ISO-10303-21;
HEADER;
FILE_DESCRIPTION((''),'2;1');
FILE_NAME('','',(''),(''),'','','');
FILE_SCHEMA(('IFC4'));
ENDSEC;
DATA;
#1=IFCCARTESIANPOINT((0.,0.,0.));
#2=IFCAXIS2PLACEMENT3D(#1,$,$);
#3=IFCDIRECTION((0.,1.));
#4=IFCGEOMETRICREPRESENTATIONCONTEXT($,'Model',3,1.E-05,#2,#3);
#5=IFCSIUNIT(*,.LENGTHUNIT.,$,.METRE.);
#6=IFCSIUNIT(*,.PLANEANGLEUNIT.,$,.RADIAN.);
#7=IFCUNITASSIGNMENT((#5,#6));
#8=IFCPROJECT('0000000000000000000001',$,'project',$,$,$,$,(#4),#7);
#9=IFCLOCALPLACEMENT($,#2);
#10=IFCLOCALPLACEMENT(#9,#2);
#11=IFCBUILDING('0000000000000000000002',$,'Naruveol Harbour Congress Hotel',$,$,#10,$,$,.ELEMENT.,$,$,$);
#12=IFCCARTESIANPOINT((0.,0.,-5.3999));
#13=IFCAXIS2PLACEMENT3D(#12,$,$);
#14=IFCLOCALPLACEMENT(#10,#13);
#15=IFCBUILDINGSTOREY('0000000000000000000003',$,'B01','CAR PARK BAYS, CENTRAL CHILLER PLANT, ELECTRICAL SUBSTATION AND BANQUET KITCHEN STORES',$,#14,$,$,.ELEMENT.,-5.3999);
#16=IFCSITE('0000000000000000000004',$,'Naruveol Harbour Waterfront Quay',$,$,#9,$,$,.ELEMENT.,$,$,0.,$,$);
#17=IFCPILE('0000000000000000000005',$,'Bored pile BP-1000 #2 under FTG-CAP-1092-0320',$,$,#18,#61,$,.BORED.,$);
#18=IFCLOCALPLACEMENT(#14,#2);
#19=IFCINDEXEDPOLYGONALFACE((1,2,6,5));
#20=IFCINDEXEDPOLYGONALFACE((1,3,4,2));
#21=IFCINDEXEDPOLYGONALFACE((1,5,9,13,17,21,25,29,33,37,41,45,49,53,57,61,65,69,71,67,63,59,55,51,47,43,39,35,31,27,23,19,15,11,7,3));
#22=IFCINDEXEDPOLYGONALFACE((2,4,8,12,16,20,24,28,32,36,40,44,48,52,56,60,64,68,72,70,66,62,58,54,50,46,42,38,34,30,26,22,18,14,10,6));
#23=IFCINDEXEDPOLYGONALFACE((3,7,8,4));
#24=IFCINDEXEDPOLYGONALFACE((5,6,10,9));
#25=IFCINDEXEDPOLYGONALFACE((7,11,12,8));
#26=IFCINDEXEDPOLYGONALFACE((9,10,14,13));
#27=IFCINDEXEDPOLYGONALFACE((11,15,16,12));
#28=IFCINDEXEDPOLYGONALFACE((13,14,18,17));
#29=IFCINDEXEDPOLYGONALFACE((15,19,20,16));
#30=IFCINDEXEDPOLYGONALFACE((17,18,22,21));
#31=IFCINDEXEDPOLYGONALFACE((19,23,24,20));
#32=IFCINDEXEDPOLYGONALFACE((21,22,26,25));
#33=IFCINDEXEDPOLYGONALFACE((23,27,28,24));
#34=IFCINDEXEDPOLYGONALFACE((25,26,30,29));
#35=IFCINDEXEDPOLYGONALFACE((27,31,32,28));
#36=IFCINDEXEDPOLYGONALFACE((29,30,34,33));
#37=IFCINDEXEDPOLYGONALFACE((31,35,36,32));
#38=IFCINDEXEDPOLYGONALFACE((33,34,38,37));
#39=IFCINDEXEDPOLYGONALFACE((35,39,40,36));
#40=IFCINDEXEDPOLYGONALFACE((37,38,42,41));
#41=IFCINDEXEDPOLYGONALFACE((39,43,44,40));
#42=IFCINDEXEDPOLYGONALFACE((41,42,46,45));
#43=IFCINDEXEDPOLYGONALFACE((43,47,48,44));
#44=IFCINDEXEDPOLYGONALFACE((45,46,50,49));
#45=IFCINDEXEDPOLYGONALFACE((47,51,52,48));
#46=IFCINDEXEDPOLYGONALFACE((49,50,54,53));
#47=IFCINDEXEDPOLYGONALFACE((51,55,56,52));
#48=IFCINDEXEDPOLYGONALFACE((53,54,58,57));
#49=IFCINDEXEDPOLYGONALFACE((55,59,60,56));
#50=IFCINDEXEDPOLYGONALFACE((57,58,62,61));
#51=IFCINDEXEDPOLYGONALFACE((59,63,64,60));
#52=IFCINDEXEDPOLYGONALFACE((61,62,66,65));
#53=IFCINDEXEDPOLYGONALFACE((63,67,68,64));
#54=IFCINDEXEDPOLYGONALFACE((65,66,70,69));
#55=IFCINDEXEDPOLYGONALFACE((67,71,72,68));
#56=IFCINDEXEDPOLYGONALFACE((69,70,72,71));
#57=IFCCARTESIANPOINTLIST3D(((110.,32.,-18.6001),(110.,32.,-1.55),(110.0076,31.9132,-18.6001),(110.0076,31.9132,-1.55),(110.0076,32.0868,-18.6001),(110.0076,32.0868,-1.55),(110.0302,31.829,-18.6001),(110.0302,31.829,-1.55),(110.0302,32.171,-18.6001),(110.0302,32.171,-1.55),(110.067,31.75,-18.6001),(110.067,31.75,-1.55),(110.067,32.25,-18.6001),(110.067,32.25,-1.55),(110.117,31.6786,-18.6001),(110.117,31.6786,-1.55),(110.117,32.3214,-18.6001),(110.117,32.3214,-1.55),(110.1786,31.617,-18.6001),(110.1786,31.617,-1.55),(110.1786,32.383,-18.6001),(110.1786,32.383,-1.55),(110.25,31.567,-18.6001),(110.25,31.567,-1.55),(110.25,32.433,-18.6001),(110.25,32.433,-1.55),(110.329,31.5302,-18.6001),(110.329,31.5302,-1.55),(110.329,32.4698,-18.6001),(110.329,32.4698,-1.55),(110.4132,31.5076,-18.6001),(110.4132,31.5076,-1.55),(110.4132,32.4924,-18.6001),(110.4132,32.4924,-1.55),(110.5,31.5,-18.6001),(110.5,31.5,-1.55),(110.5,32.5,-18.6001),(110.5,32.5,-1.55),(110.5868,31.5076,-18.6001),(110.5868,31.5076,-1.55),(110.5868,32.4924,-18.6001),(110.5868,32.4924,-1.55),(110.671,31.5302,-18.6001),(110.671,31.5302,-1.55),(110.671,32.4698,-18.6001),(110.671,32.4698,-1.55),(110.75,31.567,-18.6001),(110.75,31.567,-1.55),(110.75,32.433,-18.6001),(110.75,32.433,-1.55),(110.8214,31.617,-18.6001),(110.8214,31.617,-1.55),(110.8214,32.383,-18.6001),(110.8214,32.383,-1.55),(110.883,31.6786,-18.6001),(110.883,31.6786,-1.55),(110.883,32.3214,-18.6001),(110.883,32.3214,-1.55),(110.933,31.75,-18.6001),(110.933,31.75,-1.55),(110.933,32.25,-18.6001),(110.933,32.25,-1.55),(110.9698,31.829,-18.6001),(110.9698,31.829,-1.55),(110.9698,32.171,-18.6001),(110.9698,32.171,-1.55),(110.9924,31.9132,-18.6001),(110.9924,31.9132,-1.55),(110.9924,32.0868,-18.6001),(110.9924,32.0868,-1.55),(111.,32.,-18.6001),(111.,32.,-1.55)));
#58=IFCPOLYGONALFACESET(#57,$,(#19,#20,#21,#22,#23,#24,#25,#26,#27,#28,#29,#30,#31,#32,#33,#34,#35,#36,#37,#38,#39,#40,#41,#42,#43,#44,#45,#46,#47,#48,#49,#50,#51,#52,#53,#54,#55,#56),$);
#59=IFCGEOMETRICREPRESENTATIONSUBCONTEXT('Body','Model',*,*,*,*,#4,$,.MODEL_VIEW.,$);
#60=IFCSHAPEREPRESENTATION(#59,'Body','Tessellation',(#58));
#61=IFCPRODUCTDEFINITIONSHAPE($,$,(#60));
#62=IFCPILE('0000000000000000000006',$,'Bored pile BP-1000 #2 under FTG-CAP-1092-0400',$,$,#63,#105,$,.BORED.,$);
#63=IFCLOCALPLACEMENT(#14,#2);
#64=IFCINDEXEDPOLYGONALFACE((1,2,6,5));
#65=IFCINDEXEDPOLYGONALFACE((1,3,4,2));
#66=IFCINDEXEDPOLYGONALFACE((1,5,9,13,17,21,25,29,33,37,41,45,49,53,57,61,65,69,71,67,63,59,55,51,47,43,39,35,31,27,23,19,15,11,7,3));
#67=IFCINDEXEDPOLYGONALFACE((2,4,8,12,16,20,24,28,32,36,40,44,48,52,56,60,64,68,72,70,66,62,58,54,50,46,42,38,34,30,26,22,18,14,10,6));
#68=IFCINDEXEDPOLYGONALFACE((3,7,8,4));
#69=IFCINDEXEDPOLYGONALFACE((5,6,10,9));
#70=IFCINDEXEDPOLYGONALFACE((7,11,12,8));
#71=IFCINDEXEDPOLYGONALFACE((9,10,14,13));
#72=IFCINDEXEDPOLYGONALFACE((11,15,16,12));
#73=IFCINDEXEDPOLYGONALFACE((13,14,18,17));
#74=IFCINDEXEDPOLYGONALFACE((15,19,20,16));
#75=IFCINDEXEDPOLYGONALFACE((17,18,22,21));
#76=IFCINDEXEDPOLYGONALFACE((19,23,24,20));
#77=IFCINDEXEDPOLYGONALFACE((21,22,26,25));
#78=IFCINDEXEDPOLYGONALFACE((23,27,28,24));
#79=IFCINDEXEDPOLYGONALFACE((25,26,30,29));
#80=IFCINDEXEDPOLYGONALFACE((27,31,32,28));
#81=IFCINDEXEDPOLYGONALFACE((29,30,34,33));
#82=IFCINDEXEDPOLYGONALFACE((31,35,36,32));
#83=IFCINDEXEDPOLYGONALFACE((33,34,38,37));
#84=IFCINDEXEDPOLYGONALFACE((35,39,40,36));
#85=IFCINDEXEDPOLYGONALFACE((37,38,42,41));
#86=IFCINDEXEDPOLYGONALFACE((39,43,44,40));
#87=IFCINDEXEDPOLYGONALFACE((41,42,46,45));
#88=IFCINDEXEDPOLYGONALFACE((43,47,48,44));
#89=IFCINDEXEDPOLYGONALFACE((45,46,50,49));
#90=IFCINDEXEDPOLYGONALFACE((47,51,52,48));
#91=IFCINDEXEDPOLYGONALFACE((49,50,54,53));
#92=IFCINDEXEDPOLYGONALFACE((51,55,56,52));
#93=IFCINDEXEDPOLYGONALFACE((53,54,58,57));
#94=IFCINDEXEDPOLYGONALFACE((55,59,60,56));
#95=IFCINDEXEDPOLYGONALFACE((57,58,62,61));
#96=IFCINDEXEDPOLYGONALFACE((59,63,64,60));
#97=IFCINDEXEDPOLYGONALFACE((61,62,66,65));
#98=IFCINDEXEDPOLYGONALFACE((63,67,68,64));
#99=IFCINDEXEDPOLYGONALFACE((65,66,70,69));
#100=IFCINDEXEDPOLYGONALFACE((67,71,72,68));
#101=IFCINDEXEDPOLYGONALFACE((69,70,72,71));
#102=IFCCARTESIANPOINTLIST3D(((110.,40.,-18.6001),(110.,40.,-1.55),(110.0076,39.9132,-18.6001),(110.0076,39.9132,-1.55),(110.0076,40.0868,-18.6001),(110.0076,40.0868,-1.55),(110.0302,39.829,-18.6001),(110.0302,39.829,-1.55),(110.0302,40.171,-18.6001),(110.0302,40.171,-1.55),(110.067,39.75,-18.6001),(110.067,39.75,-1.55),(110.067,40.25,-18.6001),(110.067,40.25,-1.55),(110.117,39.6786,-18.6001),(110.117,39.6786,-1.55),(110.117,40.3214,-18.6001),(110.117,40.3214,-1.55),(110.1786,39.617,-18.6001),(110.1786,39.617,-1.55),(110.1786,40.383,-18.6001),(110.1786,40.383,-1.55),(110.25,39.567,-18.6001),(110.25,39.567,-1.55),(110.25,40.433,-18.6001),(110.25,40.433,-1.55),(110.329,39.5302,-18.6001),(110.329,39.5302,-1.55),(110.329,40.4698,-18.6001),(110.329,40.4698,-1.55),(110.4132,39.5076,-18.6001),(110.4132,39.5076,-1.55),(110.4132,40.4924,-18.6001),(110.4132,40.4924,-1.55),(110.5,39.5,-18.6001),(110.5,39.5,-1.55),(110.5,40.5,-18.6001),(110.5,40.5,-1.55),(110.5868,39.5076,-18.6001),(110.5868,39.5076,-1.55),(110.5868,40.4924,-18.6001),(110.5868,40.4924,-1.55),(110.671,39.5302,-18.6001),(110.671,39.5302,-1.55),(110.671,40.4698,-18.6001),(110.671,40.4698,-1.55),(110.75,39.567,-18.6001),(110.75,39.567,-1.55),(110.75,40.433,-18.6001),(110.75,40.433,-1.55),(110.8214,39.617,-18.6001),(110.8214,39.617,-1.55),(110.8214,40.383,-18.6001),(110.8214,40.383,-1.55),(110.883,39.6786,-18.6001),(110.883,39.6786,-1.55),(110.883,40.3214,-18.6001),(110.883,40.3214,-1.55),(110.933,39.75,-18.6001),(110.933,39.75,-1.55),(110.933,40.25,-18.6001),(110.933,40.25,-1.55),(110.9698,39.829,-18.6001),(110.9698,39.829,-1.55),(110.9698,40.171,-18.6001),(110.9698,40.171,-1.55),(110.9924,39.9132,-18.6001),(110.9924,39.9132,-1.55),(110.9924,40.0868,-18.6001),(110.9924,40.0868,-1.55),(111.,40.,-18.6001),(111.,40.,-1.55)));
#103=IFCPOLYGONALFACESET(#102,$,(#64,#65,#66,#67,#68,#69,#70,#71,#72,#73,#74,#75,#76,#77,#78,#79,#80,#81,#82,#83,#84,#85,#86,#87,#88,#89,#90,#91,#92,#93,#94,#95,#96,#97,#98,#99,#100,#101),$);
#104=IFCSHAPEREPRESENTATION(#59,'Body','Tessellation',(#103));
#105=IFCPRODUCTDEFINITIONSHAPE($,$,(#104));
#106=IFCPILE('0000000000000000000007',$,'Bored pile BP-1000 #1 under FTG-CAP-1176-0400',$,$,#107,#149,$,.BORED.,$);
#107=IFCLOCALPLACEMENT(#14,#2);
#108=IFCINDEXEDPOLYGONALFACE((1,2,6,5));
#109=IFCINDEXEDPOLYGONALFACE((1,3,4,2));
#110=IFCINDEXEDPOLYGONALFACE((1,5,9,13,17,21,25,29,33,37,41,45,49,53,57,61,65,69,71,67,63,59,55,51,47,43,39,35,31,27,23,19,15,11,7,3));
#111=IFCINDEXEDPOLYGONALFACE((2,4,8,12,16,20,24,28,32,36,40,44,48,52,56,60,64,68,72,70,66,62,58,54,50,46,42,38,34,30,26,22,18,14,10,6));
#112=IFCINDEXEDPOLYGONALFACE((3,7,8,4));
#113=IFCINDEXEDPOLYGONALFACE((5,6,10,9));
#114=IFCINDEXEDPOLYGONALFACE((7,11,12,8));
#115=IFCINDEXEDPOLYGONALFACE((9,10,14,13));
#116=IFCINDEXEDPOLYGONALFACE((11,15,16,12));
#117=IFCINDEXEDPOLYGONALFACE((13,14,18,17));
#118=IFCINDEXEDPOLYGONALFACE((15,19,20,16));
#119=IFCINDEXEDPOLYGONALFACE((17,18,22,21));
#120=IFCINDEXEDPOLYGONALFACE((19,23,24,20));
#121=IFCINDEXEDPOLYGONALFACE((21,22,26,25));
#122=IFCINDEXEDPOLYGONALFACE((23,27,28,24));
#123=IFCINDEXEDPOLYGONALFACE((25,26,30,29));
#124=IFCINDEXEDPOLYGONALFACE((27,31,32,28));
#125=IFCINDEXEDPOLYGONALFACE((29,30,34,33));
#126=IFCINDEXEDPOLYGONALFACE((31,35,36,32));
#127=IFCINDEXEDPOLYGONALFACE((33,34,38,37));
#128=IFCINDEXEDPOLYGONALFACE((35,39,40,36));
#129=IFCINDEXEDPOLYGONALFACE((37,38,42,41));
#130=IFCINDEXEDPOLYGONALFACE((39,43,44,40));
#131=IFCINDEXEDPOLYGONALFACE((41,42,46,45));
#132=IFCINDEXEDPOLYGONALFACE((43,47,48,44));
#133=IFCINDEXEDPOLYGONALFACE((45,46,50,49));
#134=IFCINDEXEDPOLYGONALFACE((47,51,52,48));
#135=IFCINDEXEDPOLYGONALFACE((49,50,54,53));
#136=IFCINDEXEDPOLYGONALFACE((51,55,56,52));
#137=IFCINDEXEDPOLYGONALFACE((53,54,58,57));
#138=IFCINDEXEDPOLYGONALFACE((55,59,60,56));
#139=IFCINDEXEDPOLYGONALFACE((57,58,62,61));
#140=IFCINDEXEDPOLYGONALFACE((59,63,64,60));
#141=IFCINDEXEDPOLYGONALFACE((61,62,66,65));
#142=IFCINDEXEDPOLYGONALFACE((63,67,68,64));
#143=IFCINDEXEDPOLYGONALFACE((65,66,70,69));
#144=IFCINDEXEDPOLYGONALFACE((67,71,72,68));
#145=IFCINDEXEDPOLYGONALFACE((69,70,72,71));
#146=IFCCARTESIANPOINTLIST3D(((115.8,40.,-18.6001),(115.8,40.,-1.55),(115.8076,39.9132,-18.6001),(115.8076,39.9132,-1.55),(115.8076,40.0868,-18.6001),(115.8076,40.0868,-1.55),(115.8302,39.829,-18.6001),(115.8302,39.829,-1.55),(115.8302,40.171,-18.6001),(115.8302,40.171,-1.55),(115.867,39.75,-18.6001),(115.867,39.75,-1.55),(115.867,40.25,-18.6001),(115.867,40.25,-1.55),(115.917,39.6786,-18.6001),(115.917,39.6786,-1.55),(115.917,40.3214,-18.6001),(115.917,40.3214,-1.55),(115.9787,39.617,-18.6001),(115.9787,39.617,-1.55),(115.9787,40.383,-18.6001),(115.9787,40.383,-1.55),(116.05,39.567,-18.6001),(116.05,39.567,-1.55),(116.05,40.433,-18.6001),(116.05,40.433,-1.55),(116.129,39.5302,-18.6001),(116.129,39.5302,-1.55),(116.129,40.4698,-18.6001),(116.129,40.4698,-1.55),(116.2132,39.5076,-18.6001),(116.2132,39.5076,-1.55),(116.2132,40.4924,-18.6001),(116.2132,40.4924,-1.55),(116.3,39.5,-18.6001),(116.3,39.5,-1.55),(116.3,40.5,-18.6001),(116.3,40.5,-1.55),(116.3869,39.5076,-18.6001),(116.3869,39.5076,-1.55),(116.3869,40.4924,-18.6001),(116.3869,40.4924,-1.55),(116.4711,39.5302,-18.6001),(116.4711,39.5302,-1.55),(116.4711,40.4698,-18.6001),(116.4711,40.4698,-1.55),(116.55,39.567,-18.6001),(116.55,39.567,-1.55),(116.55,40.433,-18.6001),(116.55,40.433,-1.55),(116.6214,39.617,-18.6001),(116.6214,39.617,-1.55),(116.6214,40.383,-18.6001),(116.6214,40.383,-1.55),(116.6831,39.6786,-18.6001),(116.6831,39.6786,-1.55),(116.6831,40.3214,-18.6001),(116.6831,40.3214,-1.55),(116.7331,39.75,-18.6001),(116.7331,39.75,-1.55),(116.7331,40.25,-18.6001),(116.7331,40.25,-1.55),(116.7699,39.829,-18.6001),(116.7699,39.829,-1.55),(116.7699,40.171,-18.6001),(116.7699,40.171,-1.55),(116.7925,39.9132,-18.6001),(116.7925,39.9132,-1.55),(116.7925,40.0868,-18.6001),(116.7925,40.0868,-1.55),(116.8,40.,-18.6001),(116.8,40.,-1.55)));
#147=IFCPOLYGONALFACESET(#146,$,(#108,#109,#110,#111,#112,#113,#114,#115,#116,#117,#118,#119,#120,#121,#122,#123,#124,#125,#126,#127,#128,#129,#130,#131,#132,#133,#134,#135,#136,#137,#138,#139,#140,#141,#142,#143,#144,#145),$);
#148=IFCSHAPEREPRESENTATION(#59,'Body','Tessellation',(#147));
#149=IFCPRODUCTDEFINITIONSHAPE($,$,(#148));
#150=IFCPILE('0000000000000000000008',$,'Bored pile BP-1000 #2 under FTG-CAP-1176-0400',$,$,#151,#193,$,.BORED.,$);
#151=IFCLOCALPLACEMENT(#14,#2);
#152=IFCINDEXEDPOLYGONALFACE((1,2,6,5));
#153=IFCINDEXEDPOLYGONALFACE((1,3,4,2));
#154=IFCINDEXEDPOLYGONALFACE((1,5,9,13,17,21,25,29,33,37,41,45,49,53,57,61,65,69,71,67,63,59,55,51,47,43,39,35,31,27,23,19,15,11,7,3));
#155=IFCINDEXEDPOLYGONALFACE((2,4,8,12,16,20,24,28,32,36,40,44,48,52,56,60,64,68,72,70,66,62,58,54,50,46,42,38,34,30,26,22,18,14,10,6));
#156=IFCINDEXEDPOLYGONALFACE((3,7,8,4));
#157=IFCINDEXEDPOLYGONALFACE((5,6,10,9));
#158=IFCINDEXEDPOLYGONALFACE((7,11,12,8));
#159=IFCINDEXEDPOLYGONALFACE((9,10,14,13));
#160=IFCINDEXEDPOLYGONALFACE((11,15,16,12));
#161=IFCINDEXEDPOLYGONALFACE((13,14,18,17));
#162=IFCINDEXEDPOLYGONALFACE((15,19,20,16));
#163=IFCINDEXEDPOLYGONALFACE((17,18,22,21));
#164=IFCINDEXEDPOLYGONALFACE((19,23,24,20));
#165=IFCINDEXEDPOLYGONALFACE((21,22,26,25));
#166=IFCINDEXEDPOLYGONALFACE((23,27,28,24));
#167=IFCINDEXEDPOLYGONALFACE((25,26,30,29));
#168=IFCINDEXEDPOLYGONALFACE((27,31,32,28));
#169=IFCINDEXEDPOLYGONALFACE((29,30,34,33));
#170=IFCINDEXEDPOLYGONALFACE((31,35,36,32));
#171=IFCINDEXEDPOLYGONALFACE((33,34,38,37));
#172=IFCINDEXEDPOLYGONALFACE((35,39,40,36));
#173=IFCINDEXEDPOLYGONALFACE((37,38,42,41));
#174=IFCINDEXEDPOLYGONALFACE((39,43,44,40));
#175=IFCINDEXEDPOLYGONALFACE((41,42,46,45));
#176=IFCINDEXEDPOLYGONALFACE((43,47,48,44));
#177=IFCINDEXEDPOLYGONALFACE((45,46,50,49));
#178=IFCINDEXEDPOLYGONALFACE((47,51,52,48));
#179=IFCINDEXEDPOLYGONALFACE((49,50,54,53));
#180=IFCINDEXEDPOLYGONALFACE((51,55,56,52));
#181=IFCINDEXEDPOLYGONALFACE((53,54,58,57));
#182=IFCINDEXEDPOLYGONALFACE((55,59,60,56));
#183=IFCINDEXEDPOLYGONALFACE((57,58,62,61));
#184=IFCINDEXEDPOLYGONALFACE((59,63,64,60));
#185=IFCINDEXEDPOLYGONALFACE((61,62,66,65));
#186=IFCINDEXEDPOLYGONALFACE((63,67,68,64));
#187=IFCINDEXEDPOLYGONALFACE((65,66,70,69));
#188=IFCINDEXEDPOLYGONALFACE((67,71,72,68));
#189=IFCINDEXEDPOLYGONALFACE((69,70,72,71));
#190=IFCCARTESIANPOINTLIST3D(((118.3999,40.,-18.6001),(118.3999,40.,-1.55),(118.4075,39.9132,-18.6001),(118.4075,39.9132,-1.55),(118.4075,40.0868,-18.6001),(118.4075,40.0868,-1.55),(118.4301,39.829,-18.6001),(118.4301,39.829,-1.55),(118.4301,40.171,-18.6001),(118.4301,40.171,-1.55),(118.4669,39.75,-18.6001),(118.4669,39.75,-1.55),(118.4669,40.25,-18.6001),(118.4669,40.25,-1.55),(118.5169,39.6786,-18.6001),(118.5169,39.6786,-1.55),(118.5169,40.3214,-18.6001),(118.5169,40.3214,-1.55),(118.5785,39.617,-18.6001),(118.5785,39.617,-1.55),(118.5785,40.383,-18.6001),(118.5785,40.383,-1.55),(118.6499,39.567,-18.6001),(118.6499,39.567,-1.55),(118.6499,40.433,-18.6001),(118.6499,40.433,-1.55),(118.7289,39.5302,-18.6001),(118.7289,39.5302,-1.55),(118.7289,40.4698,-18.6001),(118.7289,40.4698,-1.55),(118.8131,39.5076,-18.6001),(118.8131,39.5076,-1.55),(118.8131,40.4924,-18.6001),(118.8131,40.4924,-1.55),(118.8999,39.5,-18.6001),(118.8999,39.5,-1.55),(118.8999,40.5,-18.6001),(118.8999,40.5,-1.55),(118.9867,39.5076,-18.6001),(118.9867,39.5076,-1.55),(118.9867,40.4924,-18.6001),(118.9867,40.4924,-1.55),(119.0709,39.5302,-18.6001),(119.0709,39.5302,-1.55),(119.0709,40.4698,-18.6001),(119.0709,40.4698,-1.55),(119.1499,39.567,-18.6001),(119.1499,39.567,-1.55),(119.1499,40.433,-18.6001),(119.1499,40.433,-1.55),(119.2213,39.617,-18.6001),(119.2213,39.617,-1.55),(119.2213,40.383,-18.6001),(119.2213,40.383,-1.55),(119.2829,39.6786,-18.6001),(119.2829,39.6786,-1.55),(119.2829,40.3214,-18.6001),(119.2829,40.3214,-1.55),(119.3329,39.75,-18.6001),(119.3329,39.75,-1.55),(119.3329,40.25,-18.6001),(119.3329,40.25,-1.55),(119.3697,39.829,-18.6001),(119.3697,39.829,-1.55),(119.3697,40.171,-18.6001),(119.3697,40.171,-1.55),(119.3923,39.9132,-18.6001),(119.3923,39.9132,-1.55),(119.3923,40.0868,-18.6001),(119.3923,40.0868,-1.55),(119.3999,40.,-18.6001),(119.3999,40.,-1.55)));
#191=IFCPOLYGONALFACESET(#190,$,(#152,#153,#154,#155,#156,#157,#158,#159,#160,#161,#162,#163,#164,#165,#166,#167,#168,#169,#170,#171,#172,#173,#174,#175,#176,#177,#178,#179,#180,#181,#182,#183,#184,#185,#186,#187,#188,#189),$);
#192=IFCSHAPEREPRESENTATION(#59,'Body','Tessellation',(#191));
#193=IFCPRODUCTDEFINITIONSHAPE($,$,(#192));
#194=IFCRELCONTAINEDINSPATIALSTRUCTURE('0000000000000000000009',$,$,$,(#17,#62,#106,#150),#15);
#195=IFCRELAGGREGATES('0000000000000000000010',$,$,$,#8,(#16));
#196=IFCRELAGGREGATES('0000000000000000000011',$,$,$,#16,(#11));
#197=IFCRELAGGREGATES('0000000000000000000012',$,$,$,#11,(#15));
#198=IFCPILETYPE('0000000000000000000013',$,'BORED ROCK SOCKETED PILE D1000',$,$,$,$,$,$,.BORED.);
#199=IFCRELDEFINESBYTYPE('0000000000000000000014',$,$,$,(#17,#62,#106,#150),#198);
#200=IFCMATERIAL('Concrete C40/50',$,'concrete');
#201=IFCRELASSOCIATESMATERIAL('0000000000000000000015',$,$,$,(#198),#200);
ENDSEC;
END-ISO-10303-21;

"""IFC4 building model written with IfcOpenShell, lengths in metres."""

from ifc_helpers import new_model, si_unit, direction, frame, origin, origin_2d, place, context, subcontext, project, spatial, circle, extrude, material, material_profile, profile_set, type_object, element, save


model = new_model("IFC4")

# Units and contexts
model_context = context("Model", 3, precision=1e-05, world=origin(), true_north=direction((0.0, 1.0)))
body_context = subcontext(model_context, "Body", "Model", "MODEL_VIEW")
ifc_project = project(units=[si_unit("LENGTHUNIT", "METRE"), si_unit("PLANEANGLEUNIT", "RADIAN")], contexts=[model_context])

# Site, building, storey
site_placement = place(None, origin())
site = spatial("IfcSite", under=ifc_project, at=site_placement, Name="Naruveol Harbour Waterfront Quay", CompositionType="ELEMENT", RefElevation=0.0)
building_placement = place(site_placement, origin())
building = spatial("IfcBuilding", under=site, at=building_placement, Name="Naruveol Harbour Congress Hotel", CompositionType="ELEMENT")
storey_placement = place(building_placement, frame((0.0, 0.0, -5.3999)))
storey = spatial("IfcBuildingStorey", under=building, at=storey_placement, Name="B01", Description="CAR PARK BAYS, CENTRAL CHILLER PLANT, ELECTRICAL SUBSTATION AND BANQUET KITCHEN STORES", CompositionType="ELEMENT", Elevation=-5.3999)

# Piles
ifc_material_1 = material(Name="Concrete C40/50", Category="concrete")
ifc_material_profile_1 = material_profile(ifc_material_1, circle(Radius=0.5, at=origin_2d()), Name="BP-1000")
ifc_profile_set_1 = profile_set([ifc_material_profile_1], Name="Concrete C40/50")
pile_type_1 = type_object("IfcPileType", Name="BORED ROCK SOCKETED PILE D1000", PredefinedType="BORED", material=ifc_profile_set_1)
for number, where, z_axis, x_axis, name in (
    (1, (110.5, 32.0, -1.55), (0.0, 0.0, -1.0), (1.0, 0.0, 0.0), "Bored pile BP-1000 #2 under FTG-CAP-1092-0320"),
    (2, (110.5, 40.0, -1.55), (0.0, 0.0, -1.0), (1.0, 0.0, 0.0), "Bored pile BP-1000 #2 under FTG-CAP-1092-0400"),
    (3, (116.3, 40.0, -1.55), (0.0, 0.0, -1.0), (1.0, 0.0, 0.0), "Bored pile BP-1000 #1 under FTG-CAP-1176-0400"),
    (4, (118.8999, 40.0, -1.55), (0.0, 0.0, -1.0), (1.0, 0.0, 0.0), "Bored pile BP-1000 #2 under FTG-CAP-1176-0400"),
):
    element("IfcPile", number, at=place(storey_placement, frame(where, z_axis=z_axis, x_axis=x_axis)), inside=storey, type_object=pile_type_1, Name=name, PredefinedType="BORED", context=body_context, shape_type="SweptSolid", body=[
        extrude(circle(Radius=0.5, at=origin_2d()), origin(), (0.0, 0.0, 1.0), 17.05),
    ])

save(model, "model.ifc")
